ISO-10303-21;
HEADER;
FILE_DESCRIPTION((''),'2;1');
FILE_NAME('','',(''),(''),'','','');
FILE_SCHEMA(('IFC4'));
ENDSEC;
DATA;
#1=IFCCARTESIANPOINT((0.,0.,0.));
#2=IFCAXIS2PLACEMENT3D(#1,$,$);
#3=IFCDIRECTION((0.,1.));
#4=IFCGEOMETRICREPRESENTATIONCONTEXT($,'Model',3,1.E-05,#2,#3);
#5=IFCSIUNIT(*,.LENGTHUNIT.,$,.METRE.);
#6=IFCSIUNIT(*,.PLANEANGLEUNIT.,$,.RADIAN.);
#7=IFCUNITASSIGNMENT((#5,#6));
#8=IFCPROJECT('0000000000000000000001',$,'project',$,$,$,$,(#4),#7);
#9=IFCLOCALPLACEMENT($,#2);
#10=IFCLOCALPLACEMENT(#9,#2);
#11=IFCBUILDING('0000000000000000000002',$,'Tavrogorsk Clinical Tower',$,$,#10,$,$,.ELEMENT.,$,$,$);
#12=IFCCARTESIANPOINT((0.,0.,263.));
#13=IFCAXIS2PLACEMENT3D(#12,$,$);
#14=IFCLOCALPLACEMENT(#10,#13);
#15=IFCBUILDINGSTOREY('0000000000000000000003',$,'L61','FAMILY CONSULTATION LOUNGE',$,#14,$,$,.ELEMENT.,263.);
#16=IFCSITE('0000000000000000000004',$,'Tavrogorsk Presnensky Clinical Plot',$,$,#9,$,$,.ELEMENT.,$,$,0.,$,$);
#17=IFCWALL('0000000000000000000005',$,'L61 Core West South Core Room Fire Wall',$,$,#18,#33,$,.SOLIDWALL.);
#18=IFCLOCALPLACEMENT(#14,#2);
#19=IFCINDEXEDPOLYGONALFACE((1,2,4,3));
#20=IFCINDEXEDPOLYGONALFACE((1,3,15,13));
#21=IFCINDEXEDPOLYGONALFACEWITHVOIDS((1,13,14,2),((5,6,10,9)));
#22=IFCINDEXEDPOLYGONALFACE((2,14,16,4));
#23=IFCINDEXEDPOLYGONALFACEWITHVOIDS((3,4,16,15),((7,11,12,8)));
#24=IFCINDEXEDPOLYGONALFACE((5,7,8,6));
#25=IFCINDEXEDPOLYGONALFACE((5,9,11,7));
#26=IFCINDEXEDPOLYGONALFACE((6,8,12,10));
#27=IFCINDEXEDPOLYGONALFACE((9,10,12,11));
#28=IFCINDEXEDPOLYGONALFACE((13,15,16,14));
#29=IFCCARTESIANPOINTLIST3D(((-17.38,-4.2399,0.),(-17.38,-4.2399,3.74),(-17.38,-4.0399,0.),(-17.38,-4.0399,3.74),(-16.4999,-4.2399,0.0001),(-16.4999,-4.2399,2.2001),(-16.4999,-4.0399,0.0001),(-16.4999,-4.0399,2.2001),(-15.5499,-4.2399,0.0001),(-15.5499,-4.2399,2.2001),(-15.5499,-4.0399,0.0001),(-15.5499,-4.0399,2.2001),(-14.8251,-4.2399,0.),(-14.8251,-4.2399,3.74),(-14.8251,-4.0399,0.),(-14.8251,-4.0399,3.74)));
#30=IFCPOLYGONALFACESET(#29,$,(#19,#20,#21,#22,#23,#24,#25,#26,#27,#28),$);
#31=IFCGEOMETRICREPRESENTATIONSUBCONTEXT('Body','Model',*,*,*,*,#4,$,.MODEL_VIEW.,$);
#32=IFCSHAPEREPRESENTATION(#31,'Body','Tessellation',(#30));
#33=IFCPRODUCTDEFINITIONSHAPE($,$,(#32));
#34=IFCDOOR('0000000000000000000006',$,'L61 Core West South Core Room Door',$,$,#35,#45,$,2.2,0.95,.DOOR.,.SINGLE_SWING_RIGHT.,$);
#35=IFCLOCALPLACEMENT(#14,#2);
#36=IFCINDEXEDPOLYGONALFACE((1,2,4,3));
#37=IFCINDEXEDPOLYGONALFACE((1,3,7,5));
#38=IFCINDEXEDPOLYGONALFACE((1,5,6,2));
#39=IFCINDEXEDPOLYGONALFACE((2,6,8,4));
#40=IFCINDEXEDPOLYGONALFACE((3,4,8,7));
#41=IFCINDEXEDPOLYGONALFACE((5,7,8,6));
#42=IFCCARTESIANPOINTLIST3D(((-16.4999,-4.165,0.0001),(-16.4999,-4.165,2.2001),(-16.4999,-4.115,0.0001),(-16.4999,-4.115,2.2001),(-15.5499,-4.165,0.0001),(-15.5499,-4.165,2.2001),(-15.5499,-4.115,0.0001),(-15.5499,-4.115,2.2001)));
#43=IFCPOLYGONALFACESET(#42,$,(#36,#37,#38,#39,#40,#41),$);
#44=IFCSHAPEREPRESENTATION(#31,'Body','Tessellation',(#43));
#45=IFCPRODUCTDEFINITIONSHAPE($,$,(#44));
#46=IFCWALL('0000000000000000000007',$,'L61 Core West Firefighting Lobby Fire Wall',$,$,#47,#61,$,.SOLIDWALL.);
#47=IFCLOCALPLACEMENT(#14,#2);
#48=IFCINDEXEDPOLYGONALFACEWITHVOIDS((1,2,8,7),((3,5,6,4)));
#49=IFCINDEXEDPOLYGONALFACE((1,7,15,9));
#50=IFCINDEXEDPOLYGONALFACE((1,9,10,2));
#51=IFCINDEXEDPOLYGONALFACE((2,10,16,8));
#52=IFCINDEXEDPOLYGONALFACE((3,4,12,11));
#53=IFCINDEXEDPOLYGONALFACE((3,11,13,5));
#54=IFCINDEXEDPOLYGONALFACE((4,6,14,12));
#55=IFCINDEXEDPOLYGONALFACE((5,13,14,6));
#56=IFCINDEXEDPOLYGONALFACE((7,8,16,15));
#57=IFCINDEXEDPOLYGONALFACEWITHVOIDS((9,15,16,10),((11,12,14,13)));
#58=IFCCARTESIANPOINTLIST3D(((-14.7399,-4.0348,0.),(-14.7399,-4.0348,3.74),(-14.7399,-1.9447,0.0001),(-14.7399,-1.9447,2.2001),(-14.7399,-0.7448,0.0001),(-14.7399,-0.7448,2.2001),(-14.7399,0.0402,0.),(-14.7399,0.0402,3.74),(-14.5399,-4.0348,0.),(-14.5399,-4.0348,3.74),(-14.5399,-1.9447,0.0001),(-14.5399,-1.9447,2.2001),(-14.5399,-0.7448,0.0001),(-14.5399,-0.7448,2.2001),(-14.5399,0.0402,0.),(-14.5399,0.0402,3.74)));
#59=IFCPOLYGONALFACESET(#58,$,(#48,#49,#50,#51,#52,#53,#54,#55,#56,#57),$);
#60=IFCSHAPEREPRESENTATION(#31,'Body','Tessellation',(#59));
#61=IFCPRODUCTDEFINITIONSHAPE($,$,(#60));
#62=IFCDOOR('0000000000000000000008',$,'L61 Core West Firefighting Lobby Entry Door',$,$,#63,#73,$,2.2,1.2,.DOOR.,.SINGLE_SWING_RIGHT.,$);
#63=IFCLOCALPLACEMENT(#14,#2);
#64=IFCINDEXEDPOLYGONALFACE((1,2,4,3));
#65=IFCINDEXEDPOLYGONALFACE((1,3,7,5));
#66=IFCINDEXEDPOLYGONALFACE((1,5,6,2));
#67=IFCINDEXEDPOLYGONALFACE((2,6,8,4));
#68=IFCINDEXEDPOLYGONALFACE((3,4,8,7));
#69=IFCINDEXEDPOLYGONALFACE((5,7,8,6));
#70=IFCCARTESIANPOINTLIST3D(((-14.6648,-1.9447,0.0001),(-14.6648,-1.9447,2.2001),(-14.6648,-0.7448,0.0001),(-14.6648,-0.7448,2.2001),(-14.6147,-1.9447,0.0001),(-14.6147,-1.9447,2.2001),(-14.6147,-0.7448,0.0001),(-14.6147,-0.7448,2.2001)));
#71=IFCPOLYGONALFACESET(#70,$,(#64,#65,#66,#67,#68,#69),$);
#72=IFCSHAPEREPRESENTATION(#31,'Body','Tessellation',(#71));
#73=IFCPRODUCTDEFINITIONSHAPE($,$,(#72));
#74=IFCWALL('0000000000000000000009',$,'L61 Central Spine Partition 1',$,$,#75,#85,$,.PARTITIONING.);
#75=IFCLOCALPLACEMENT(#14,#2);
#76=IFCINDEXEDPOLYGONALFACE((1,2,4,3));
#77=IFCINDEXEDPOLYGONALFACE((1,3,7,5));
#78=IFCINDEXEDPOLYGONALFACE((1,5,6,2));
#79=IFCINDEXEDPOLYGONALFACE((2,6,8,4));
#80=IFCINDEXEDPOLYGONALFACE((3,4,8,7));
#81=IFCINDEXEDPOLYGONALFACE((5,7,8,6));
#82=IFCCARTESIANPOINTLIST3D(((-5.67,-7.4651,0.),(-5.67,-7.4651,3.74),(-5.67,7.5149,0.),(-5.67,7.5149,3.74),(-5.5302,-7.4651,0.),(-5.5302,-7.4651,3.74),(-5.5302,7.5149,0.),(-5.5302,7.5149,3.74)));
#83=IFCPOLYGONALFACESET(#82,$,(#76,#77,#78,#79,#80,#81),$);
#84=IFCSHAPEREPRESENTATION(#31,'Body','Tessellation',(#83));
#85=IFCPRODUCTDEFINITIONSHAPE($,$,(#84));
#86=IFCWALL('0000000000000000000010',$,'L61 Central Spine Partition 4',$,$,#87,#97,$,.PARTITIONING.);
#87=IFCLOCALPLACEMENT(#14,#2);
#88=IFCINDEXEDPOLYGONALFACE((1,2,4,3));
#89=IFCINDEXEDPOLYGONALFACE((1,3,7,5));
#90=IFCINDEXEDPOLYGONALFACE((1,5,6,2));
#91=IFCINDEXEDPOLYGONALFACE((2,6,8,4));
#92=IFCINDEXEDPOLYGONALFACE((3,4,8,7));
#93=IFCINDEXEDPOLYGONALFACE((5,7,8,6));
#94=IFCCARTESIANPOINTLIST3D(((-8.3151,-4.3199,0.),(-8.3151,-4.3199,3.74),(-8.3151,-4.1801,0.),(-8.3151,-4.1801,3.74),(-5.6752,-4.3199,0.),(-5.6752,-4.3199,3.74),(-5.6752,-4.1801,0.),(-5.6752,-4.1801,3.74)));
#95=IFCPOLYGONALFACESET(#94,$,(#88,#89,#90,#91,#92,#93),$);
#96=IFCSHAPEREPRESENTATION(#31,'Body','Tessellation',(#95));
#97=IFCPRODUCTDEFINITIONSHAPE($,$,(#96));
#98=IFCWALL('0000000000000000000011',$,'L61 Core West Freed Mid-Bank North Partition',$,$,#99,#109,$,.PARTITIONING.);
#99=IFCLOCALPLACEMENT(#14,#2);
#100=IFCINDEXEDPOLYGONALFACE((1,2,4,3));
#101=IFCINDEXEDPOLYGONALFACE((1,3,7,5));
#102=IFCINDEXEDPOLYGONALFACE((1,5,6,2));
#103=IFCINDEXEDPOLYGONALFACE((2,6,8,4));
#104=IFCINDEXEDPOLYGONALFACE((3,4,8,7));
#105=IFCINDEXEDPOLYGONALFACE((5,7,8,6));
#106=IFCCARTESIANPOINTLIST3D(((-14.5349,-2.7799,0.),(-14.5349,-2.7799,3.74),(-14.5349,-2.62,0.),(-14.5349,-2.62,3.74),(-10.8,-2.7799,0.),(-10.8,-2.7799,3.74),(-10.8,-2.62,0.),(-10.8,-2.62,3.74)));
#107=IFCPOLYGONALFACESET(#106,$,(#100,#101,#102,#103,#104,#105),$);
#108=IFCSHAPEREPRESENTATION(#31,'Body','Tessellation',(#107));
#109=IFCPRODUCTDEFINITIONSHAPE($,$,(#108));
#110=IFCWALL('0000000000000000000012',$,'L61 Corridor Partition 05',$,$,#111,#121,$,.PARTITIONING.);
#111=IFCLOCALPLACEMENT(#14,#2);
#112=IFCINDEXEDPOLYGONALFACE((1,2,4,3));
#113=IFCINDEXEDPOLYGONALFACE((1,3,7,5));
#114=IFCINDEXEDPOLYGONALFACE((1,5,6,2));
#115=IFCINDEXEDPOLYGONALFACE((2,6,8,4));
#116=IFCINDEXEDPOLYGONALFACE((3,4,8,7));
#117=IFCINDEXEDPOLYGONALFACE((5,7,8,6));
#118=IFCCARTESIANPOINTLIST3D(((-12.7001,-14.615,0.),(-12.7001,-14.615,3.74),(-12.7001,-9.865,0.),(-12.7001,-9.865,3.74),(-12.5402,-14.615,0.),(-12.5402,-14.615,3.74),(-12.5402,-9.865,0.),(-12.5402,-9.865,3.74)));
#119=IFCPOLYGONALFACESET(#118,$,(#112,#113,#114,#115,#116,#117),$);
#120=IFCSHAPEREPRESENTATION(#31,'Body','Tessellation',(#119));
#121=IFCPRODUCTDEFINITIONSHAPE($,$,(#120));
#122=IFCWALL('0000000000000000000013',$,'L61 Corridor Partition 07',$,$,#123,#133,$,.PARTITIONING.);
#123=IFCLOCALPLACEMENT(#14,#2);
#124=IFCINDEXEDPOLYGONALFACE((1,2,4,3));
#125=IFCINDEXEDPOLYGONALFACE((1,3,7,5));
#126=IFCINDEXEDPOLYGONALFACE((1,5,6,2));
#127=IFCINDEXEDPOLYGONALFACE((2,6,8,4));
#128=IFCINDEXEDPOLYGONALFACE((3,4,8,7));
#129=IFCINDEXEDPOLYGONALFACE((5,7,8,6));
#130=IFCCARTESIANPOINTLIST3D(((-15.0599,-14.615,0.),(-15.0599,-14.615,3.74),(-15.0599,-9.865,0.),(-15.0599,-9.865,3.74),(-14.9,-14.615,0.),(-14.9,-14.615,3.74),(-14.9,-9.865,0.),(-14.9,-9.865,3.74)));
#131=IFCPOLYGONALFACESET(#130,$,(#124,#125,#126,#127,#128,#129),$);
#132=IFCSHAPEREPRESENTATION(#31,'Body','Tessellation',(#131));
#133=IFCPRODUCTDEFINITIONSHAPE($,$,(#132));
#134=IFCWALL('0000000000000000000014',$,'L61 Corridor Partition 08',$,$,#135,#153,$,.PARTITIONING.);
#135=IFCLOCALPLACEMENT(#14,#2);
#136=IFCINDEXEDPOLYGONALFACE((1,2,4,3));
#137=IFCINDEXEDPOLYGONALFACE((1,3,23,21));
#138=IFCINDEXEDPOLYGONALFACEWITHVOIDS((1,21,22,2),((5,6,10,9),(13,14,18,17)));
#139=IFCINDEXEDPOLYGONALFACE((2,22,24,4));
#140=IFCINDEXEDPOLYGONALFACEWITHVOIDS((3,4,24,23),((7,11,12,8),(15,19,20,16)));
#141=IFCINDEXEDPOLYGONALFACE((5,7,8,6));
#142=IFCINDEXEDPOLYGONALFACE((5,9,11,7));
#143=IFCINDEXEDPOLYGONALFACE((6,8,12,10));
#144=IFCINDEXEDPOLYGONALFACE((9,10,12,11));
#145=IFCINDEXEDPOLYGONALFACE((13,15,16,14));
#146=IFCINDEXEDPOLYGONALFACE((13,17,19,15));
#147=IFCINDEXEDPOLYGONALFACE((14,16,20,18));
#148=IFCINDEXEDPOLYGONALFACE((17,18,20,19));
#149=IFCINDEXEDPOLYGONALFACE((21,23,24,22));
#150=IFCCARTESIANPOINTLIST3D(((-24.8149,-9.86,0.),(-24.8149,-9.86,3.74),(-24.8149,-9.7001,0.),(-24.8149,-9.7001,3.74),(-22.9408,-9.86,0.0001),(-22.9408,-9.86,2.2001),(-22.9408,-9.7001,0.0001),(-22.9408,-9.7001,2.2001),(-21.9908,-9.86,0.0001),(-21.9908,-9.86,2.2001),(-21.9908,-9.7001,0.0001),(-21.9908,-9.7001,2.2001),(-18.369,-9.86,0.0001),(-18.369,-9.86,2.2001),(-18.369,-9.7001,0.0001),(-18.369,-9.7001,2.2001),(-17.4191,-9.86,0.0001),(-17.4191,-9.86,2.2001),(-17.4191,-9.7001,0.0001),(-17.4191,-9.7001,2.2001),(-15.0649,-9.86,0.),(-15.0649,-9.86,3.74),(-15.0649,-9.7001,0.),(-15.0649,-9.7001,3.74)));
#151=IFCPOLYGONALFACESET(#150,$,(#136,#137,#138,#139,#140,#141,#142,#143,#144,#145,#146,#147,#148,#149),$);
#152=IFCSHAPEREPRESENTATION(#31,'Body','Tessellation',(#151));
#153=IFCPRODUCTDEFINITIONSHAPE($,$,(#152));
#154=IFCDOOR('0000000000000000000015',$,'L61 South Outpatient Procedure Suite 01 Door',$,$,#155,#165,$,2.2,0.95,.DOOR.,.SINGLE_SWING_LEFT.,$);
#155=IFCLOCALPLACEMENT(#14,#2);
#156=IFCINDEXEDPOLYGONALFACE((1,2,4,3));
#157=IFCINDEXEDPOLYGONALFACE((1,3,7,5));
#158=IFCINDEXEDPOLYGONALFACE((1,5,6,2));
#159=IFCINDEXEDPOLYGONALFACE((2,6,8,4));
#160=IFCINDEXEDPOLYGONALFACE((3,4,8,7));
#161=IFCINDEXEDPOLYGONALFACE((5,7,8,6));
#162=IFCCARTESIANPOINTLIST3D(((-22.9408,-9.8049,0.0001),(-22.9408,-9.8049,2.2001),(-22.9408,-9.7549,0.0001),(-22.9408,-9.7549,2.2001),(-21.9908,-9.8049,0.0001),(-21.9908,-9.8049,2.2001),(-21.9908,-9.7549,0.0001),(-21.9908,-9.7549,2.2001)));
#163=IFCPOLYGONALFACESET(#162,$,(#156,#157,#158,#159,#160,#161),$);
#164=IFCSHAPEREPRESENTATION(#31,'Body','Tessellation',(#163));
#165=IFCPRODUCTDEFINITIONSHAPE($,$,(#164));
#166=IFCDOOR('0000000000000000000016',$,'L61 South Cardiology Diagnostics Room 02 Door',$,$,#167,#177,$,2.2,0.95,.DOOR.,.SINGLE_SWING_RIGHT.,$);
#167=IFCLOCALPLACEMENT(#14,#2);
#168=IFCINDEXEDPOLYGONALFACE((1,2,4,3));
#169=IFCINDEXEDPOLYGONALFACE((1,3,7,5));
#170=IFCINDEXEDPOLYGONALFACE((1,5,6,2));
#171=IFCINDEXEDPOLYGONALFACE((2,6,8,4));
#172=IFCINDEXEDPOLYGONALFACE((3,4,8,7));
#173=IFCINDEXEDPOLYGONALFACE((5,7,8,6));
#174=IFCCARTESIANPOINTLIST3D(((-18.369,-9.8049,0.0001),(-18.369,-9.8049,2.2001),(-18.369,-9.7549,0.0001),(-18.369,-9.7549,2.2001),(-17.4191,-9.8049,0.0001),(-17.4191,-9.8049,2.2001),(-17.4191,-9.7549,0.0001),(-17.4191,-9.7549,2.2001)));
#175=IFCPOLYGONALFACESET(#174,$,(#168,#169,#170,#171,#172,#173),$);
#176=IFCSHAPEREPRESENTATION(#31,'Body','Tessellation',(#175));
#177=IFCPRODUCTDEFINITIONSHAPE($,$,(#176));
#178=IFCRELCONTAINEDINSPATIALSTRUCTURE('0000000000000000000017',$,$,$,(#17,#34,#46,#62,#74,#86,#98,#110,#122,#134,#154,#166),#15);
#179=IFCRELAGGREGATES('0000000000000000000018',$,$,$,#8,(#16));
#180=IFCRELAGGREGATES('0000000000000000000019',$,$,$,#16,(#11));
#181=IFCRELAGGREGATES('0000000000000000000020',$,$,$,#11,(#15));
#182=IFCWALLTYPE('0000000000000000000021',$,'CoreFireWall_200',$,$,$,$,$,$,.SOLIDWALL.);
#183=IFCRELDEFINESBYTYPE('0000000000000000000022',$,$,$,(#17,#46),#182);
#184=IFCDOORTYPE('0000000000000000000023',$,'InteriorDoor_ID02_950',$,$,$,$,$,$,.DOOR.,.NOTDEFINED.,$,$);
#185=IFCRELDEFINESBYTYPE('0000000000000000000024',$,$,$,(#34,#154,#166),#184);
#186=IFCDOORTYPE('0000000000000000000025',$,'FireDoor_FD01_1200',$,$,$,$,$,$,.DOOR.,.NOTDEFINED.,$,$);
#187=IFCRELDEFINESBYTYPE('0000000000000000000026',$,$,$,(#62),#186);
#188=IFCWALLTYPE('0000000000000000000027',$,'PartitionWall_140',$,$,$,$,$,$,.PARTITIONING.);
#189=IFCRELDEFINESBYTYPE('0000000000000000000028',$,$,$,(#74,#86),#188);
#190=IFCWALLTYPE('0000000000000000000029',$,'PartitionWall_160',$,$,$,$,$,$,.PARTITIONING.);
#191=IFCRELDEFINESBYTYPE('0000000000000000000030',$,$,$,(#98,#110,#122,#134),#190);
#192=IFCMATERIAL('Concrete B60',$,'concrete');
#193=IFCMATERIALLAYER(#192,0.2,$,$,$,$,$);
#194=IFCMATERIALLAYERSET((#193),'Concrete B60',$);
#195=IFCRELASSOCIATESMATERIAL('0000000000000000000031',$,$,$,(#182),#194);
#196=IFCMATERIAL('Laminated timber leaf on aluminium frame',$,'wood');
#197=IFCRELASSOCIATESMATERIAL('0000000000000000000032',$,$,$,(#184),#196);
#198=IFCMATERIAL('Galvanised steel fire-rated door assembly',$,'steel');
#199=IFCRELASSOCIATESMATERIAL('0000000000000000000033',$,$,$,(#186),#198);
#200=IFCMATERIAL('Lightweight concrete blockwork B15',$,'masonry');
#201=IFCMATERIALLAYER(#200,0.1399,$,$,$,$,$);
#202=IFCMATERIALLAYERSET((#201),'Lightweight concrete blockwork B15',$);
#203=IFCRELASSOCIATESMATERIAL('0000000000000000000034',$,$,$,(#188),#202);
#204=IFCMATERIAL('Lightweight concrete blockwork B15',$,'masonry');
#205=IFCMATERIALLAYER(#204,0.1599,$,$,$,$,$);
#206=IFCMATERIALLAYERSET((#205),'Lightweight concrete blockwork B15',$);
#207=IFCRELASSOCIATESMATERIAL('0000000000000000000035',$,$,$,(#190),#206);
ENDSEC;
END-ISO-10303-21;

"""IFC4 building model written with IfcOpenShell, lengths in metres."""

from ifc_helpers import new_model, si_unit, direction, frame, frame_2d, origin, place, context, subcontext, project, spatial, rectangle, extrude, material, layer, layer_set, type_object, element, fill, save


model = new_model("IFC4")

# Units and contexts
model_context = context("Model", 3, precision=1e-05, world=origin(), true_north=direction((0.0, 1.0)))
body_context = subcontext(model_context, "Body", "Model", "MODEL_VIEW")
ifc_project = project(units=[si_unit("LENGTHUNIT", "METRE"), si_unit("PLANEANGLEUNIT", "RADIAN")], contexts=[model_context])

# Site, building, storey
site_placement = place(None, origin())
site = spatial("IfcSite", under=ifc_project, at=site_placement, Name="Tavrogorsk Presnensky Clinical Plot", CompositionType="ELEMENT", RefElevation=0.0)
building_placement = place(site_placement, origin())
building = spatial("IfcBuilding", under=site, at=building_placement, Name="Tavrogorsk Clinical Tower", CompositionType="ELEMENT")
storey_placement = place(building_placement, frame((0.0, 0.0, 263.0)))
storey = spatial("IfcBuildingStorey", under=building, at=storey_placement, Name="L61", Description="FAMILY CONSULTATION LOUNGE", CompositionType="ELEMENT", Elevation=263.0)

# Walls, openings, doors
ifc_material_1 = material(Name="Concrete B60", Category="concrete")
ifc_layer_1 = layer(ifc_material_1, 0.2)
ifc_layer_set_1 = layer_set([ifc_layer_1], Name="Concrete B60")
wall_type_1 = type_object("IfcWallType", Name="CoreFireWall_200", PredefinedType="SOLIDWALL", material=ifc_layer_set_1)
wall_1_placement = place(storey_placement, frame((-17.3799, -4.1399, 0.0), z_axis=(0.0, 0.0, 1.0), x_axis=(1.0, 0.0, 0.0)))
wall_1 = element("IfcWall", 1, at=wall_1_placement, inside=storey, type_object=wall_type_1, Name="L61 Core West South Core Room Fire Wall", PredefinedType="SOLIDWALL", context=body_context, shape_type="SweptSolid", body=[
    extrude(rectangle(XDim=2.5549, YDim=0.2, at=frame_2d((1.2773, 0.0))), origin(), (0.0, 0.0, 1.0), 3.74),
])
opening_1_placement = place(wall_1_placement, frame((0.8799, 0.0, 0.0)))
opening_1 = element("IfcOpeningElement", 2, at=opening_1_placement, cuts=wall_1, PredefinedType="OPENING", context=body_context, shape_type="SweptSolid", body=[
    extrude(rectangle(XDim=0.95, YDim=2.2, at=frame_2d((0.4751, 1.1001))), frame((0.0, 0.1099, 0.0), z_axis=(0.0, -1.0, 0.0), x_axis=(1.0, 0.0, 0.0)), (0.0, 0.0, 1.0), 0.22),
])
ifc_material_2 = material(Name="Laminated timber leaf on aluminium frame", Category="wood")
door_type_1 = type_object("IfcDoorType", Name="InteriorDoor_ID02_950", OperationType="NOTDEFINED", PredefinedType="DOOR", material=ifc_material_2)
door_1_placement = place(opening_1_placement, origin())
door_1 = element("IfcDoor", 3, at=door_1_placement, inside=storey, type_object=door_type_1, Name="L61 Core West South Core Room Door", OperationType="SINGLE_SWING_RIGHT", OverallHeight=2.2, OverallWidth=0.95, PredefinedType="DOOR", context=body_context, shape_type="SweptSolid", body=[
    extrude(rectangle(XDim=0.95, YDim=2.2, at=frame_2d((0.4751, 1.1001))), frame((0.0, 0.0249, 0.0), z_axis=(0.0, -1.0, 0.0), x_axis=(1.0, 0.0, 0.0)), (0.0, 0.0, 1.0), 0.05),
])
fill(opening_1, door_1)
wall_2_placement = place(storey_placement, frame((-14.6399, -4.0349, 0.0), z_axis=(0.0, 0.0, 1.0), x_axis=(0.0, 1.0, 0.0)))
wall_2 = element("IfcWall", 4, at=wall_2_placement, inside=storey, type_object=wall_type_1, Name="L61 Core West Firefighting Lobby Fire Wall", PredefinedType="SOLIDWALL", context=body_context, shape_type="SweptSolid", body=[
    extrude(rectangle(XDim=4.075, YDim=0.2, at=frame_2d((2.0376, 0.0))), origin(), (0.0, 0.0, 1.0), 3.74),
])
opening_2_placement = place(wall_2_placement, frame((2.0901, 0.0, 0.0)))
opening_2 = element("IfcOpeningElement", 5, at=opening_2_placement, cuts=wall_2, PredefinedType="OPENING", context=body_context, shape_type="SweptSolid", body=[
    extrude(rectangle(XDim=1.2, YDim=2.2, at=frame_2d((0.6001, 1.1001))), frame((0.0, 0.1099, 0.0), z_axis=(0.0, -1.0, 0.0), x_axis=(1.0, 0.0, 0.0)), (0.0, 0.0, 1.0), 0.22),
])
ifc_material_3 = material(Name="Galvanised steel fire-rated door assembly", Category="steel")
door_type_2 = type_object("IfcDoorType", Name="FireDoor_FD01_1200", OperationType="NOTDEFINED", PredefinedType="DOOR", material=ifc_material_3)
door_2_placement = place(opening_2_placement, origin())
door_2 = element("IfcDoor", 6, at=door_2_placement, inside=storey, type_object=door_type_2, Name="L61 Core West Firefighting Lobby Entry Door", OperationType="SINGLE_SWING_RIGHT", OverallHeight=2.2, OverallWidth=1.2, PredefinedType="DOOR", context=body_context, shape_type="SweptSolid", body=[
    extrude(rectangle(XDim=1.2, YDim=2.2, at=frame_2d((0.6001, 1.1001))), frame((0.0, 0.0249, 0.0), z_axis=(0.0, -1.0, 0.0), x_axis=(1.0, 0.0, 0.0)), (0.0, 0.0, 1.0), 0.05),
])
fill(opening_2, door_2)

# Walls
ifc_material_4 = material(Name="Lightweight concrete blockwork B15", Category="masonry")
ifc_layer_2 = layer(ifc_material_4, 0.1399)
ifc_layer_set_2 = layer_set([ifc_layer_2], Name="Lightweight concrete blockwork B15")
wall_type_2 = type_object("IfcWallType", Name="PartitionWall_140", PredefinedType="PARTITIONING", material=ifc_layer_set_2)
wall_3_placement = place(storey_placement, frame((-5.6001, -7.4651, 0.0), z_axis=(0.0, 0.0, 1.0), x_axis=(0.0, 1.0, 0.0)))
element("IfcWall", 7, at=wall_3_placement, inside=storey, type_object=wall_type_2, Name="L61 Central Spine Partition 1", PredefinedType="PARTITIONING", context=body_context, shape_type="SweptSolid", body=[
    extrude(rectangle(XDim=14.98, YDim=0.1399, at=frame_2d((7.49, 0.0))), origin(), (0.0, 0.0, 1.0), 3.74),
])
wall_4_placement = place(storey_placement, frame((-8.3149, -4.25, 0.0), z_axis=(0.0, 0.0, 1.0), x_axis=(1.0, 0.0, 0.0)))
element("IfcWall", 8, at=wall_4_placement, inside=storey, type_object=wall_type_2, Name="L61 Central Spine Partition 4", PredefinedType="PARTITIONING", context=body_context, shape_type="SweptSolid", body=[
    extrude(rectangle(XDim=2.6399, YDim=0.1399, at=frame_2d((1.3198, 0.0))), origin(), (0.0, 0.0, 1.0), 3.74),
])
ifc_material_5 = material(Name="Lightweight concrete blockwork B15", Category="masonry")
ifc_layer_3 = layer(ifc_material_5, 0.1599)
ifc_layer_set_3 = layer_set([ifc_layer_3], Name="Lightweight concrete blockwork B15")
wall_type_3 = type_object("IfcWallType", Name="PartitionWall_160", PredefinedType="PARTITIONING", material=ifc_layer_set_3)
wall_5_placement = place(storey_placement, frame((-14.5349, -2.7, 0.0), z_axis=(0.0, 0.0, 1.0), x_axis=(1.0, 0.0, 0.0)))
element("IfcWall", 9, at=wall_5_placement, inside=storey, type_object=wall_type_3, Name="L61 Core West Freed Mid-Bank North Partition", PredefinedType="PARTITIONING", context=body_context, shape_type="SweptSolid", body=[
    extrude(rectangle(XDim=3.7349, YDim=0.1599, at=frame_2d((1.8674, 0.0))), origin(), (0.0, 0.0, 1.0), 3.74),
])
for number, where, z_axis, x_axis, name in (
    (10, (-12.6201, -9.865, 0.0), (0.0, 0.0, 1.0), (0.0, -1.0, 0.0), "L61 Corridor Partition 05"),
    (11, (-14.98, -14.615, 0.0), (0.0, 0.0, 1.0), (0.0, 1.0, 0.0), "L61 Corridor Partition 07"),
):
    element("IfcWall", number, at=place(storey_placement, frame(where, z_axis=z_axis, x_axis=x_axis)), inside=storey, type_object=wall_type_3, Name=name, PredefinedType="PARTITIONING", context=body_context, shape_type="SweptSolid", body=[
        extrude(rectangle(XDim=4.75, YDim=0.1599, at=frame_2d((2.375, 0.0))), origin(), (0.0, 0.0, 1.0), 3.74),
    ])

# Wall, openings, doors
wall_6_placement = place(storey_placement, frame((-15.0649, -9.78, 0.0), z_axis=(0.0, 0.0, 1.0), x_axis=(-1.0, 0.0, 0.0)))
wall_6 = element("IfcWall", 12, at=wall_6_placement, inside=storey, type_object=wall_type_3, Name="L61 Corridor Partition 08", PredefinedType="PARTITIONING", context=body_context, shape_type="SweptSolid", body=[
    extrude(rectangle(XDim=9.75, YDim=0.1599, at=frame_2d((4.875, 0.0))), origin(), (0.0, 0.0, 1.0), 3.74),
])
opening_3_placement = place(wall_6_placement, frame((6.9258, 0.0, 0.0)))
opening_3 = element("IfcOpeningElement", 13, at=opening_3_placement, cuts=wall_6, PredefinedType="OPENING", context=body_context, shape_type="SweptSolid", body=[
    extrude(rectangle(XDim=0.95, YDim=2.2, at=frame_2d((0.4751, 1.1001))), frame((0.0, 0.0898, 0.0), z_axis=(0.0, -1.0, 0.0), x_axis=(1.0, 0.0, 0.0)), (0.0, 0.0, 1.0), 0.1799),
])
opening_4_placement = place(wall_6_placement, frame((2.354, 0.0, 0.0)))
opening_4 = element("IfcOpeningElement", 14, at=opening_4_placement, cuts=wall_6, PredefinedType="OPENING", context=body_context, shape_type="SweptSolid", body=[
    extrude(rectangle(XDim=0.95, YDim=2.2, at=frame_2d((0.4751, 1.1001))), frame((0.0, 0.0898, 0.0), z_axis=(0.0, -1.0, 0.0), x_axis=(1.0, 0.0, 0.0)), (0.0, 0.0, 1.0), 0.1799),
])
door_3_placement = place(opening_3_placement, origin())
door_3 = element("IfcDoor", 15, at=door_3_placement, inside=storey, type_object=door_type_1, Name="L61 South Outpatient Procedure Suite 01 Door", OperationType="SINGLE_SWING_LEFT", OverallHeight=2.2, OverallWidth=0.95, PredefinedType="DOOR", context=body_context, shape_type="SweptSolid", body=[
    extrude(rectangle(XDim=0.95, YDim=2.2, at=frame_2d((0.4751, 1.1001))), frame((0.0, 0.0249, 0.0), z_axis=(0.0, -1.0, 0.0), x_axis=(1.0, 0.0, 0.0)), (0.0, 0.0, 1.0), 0.05),
])
fill(opening_3, door_3)
door_4_placement = place(opening_4_placement, origin())
door_4 = element("IfcDoor", 16, at=door_4_placement, inside=storey, type_object=door_type_1, Name="L61 South Cardiology Diagnostics Room 02 Door", OperationType="SINGLE_SWING_RIGHT", OverallHeight=2.2, OverallWidth=0.95, PredefinedType="DOOR", context=body_context, shape_type="SweptSolid", body=[
    extrude(rectangle(XDim=0.95, YDim=2.2, at=frame_2d((0.4751, 1.1001))), frame((0.0, 0.0249, 0.0), z_axis=(0.0, -1.0, 0.0), x_axis=(1.0, 0.0, 0.0)), (0.0, 0.0, 1.0), 0.05),
])
fill(opening_4, door_4)

save(model, "model.ifc")
